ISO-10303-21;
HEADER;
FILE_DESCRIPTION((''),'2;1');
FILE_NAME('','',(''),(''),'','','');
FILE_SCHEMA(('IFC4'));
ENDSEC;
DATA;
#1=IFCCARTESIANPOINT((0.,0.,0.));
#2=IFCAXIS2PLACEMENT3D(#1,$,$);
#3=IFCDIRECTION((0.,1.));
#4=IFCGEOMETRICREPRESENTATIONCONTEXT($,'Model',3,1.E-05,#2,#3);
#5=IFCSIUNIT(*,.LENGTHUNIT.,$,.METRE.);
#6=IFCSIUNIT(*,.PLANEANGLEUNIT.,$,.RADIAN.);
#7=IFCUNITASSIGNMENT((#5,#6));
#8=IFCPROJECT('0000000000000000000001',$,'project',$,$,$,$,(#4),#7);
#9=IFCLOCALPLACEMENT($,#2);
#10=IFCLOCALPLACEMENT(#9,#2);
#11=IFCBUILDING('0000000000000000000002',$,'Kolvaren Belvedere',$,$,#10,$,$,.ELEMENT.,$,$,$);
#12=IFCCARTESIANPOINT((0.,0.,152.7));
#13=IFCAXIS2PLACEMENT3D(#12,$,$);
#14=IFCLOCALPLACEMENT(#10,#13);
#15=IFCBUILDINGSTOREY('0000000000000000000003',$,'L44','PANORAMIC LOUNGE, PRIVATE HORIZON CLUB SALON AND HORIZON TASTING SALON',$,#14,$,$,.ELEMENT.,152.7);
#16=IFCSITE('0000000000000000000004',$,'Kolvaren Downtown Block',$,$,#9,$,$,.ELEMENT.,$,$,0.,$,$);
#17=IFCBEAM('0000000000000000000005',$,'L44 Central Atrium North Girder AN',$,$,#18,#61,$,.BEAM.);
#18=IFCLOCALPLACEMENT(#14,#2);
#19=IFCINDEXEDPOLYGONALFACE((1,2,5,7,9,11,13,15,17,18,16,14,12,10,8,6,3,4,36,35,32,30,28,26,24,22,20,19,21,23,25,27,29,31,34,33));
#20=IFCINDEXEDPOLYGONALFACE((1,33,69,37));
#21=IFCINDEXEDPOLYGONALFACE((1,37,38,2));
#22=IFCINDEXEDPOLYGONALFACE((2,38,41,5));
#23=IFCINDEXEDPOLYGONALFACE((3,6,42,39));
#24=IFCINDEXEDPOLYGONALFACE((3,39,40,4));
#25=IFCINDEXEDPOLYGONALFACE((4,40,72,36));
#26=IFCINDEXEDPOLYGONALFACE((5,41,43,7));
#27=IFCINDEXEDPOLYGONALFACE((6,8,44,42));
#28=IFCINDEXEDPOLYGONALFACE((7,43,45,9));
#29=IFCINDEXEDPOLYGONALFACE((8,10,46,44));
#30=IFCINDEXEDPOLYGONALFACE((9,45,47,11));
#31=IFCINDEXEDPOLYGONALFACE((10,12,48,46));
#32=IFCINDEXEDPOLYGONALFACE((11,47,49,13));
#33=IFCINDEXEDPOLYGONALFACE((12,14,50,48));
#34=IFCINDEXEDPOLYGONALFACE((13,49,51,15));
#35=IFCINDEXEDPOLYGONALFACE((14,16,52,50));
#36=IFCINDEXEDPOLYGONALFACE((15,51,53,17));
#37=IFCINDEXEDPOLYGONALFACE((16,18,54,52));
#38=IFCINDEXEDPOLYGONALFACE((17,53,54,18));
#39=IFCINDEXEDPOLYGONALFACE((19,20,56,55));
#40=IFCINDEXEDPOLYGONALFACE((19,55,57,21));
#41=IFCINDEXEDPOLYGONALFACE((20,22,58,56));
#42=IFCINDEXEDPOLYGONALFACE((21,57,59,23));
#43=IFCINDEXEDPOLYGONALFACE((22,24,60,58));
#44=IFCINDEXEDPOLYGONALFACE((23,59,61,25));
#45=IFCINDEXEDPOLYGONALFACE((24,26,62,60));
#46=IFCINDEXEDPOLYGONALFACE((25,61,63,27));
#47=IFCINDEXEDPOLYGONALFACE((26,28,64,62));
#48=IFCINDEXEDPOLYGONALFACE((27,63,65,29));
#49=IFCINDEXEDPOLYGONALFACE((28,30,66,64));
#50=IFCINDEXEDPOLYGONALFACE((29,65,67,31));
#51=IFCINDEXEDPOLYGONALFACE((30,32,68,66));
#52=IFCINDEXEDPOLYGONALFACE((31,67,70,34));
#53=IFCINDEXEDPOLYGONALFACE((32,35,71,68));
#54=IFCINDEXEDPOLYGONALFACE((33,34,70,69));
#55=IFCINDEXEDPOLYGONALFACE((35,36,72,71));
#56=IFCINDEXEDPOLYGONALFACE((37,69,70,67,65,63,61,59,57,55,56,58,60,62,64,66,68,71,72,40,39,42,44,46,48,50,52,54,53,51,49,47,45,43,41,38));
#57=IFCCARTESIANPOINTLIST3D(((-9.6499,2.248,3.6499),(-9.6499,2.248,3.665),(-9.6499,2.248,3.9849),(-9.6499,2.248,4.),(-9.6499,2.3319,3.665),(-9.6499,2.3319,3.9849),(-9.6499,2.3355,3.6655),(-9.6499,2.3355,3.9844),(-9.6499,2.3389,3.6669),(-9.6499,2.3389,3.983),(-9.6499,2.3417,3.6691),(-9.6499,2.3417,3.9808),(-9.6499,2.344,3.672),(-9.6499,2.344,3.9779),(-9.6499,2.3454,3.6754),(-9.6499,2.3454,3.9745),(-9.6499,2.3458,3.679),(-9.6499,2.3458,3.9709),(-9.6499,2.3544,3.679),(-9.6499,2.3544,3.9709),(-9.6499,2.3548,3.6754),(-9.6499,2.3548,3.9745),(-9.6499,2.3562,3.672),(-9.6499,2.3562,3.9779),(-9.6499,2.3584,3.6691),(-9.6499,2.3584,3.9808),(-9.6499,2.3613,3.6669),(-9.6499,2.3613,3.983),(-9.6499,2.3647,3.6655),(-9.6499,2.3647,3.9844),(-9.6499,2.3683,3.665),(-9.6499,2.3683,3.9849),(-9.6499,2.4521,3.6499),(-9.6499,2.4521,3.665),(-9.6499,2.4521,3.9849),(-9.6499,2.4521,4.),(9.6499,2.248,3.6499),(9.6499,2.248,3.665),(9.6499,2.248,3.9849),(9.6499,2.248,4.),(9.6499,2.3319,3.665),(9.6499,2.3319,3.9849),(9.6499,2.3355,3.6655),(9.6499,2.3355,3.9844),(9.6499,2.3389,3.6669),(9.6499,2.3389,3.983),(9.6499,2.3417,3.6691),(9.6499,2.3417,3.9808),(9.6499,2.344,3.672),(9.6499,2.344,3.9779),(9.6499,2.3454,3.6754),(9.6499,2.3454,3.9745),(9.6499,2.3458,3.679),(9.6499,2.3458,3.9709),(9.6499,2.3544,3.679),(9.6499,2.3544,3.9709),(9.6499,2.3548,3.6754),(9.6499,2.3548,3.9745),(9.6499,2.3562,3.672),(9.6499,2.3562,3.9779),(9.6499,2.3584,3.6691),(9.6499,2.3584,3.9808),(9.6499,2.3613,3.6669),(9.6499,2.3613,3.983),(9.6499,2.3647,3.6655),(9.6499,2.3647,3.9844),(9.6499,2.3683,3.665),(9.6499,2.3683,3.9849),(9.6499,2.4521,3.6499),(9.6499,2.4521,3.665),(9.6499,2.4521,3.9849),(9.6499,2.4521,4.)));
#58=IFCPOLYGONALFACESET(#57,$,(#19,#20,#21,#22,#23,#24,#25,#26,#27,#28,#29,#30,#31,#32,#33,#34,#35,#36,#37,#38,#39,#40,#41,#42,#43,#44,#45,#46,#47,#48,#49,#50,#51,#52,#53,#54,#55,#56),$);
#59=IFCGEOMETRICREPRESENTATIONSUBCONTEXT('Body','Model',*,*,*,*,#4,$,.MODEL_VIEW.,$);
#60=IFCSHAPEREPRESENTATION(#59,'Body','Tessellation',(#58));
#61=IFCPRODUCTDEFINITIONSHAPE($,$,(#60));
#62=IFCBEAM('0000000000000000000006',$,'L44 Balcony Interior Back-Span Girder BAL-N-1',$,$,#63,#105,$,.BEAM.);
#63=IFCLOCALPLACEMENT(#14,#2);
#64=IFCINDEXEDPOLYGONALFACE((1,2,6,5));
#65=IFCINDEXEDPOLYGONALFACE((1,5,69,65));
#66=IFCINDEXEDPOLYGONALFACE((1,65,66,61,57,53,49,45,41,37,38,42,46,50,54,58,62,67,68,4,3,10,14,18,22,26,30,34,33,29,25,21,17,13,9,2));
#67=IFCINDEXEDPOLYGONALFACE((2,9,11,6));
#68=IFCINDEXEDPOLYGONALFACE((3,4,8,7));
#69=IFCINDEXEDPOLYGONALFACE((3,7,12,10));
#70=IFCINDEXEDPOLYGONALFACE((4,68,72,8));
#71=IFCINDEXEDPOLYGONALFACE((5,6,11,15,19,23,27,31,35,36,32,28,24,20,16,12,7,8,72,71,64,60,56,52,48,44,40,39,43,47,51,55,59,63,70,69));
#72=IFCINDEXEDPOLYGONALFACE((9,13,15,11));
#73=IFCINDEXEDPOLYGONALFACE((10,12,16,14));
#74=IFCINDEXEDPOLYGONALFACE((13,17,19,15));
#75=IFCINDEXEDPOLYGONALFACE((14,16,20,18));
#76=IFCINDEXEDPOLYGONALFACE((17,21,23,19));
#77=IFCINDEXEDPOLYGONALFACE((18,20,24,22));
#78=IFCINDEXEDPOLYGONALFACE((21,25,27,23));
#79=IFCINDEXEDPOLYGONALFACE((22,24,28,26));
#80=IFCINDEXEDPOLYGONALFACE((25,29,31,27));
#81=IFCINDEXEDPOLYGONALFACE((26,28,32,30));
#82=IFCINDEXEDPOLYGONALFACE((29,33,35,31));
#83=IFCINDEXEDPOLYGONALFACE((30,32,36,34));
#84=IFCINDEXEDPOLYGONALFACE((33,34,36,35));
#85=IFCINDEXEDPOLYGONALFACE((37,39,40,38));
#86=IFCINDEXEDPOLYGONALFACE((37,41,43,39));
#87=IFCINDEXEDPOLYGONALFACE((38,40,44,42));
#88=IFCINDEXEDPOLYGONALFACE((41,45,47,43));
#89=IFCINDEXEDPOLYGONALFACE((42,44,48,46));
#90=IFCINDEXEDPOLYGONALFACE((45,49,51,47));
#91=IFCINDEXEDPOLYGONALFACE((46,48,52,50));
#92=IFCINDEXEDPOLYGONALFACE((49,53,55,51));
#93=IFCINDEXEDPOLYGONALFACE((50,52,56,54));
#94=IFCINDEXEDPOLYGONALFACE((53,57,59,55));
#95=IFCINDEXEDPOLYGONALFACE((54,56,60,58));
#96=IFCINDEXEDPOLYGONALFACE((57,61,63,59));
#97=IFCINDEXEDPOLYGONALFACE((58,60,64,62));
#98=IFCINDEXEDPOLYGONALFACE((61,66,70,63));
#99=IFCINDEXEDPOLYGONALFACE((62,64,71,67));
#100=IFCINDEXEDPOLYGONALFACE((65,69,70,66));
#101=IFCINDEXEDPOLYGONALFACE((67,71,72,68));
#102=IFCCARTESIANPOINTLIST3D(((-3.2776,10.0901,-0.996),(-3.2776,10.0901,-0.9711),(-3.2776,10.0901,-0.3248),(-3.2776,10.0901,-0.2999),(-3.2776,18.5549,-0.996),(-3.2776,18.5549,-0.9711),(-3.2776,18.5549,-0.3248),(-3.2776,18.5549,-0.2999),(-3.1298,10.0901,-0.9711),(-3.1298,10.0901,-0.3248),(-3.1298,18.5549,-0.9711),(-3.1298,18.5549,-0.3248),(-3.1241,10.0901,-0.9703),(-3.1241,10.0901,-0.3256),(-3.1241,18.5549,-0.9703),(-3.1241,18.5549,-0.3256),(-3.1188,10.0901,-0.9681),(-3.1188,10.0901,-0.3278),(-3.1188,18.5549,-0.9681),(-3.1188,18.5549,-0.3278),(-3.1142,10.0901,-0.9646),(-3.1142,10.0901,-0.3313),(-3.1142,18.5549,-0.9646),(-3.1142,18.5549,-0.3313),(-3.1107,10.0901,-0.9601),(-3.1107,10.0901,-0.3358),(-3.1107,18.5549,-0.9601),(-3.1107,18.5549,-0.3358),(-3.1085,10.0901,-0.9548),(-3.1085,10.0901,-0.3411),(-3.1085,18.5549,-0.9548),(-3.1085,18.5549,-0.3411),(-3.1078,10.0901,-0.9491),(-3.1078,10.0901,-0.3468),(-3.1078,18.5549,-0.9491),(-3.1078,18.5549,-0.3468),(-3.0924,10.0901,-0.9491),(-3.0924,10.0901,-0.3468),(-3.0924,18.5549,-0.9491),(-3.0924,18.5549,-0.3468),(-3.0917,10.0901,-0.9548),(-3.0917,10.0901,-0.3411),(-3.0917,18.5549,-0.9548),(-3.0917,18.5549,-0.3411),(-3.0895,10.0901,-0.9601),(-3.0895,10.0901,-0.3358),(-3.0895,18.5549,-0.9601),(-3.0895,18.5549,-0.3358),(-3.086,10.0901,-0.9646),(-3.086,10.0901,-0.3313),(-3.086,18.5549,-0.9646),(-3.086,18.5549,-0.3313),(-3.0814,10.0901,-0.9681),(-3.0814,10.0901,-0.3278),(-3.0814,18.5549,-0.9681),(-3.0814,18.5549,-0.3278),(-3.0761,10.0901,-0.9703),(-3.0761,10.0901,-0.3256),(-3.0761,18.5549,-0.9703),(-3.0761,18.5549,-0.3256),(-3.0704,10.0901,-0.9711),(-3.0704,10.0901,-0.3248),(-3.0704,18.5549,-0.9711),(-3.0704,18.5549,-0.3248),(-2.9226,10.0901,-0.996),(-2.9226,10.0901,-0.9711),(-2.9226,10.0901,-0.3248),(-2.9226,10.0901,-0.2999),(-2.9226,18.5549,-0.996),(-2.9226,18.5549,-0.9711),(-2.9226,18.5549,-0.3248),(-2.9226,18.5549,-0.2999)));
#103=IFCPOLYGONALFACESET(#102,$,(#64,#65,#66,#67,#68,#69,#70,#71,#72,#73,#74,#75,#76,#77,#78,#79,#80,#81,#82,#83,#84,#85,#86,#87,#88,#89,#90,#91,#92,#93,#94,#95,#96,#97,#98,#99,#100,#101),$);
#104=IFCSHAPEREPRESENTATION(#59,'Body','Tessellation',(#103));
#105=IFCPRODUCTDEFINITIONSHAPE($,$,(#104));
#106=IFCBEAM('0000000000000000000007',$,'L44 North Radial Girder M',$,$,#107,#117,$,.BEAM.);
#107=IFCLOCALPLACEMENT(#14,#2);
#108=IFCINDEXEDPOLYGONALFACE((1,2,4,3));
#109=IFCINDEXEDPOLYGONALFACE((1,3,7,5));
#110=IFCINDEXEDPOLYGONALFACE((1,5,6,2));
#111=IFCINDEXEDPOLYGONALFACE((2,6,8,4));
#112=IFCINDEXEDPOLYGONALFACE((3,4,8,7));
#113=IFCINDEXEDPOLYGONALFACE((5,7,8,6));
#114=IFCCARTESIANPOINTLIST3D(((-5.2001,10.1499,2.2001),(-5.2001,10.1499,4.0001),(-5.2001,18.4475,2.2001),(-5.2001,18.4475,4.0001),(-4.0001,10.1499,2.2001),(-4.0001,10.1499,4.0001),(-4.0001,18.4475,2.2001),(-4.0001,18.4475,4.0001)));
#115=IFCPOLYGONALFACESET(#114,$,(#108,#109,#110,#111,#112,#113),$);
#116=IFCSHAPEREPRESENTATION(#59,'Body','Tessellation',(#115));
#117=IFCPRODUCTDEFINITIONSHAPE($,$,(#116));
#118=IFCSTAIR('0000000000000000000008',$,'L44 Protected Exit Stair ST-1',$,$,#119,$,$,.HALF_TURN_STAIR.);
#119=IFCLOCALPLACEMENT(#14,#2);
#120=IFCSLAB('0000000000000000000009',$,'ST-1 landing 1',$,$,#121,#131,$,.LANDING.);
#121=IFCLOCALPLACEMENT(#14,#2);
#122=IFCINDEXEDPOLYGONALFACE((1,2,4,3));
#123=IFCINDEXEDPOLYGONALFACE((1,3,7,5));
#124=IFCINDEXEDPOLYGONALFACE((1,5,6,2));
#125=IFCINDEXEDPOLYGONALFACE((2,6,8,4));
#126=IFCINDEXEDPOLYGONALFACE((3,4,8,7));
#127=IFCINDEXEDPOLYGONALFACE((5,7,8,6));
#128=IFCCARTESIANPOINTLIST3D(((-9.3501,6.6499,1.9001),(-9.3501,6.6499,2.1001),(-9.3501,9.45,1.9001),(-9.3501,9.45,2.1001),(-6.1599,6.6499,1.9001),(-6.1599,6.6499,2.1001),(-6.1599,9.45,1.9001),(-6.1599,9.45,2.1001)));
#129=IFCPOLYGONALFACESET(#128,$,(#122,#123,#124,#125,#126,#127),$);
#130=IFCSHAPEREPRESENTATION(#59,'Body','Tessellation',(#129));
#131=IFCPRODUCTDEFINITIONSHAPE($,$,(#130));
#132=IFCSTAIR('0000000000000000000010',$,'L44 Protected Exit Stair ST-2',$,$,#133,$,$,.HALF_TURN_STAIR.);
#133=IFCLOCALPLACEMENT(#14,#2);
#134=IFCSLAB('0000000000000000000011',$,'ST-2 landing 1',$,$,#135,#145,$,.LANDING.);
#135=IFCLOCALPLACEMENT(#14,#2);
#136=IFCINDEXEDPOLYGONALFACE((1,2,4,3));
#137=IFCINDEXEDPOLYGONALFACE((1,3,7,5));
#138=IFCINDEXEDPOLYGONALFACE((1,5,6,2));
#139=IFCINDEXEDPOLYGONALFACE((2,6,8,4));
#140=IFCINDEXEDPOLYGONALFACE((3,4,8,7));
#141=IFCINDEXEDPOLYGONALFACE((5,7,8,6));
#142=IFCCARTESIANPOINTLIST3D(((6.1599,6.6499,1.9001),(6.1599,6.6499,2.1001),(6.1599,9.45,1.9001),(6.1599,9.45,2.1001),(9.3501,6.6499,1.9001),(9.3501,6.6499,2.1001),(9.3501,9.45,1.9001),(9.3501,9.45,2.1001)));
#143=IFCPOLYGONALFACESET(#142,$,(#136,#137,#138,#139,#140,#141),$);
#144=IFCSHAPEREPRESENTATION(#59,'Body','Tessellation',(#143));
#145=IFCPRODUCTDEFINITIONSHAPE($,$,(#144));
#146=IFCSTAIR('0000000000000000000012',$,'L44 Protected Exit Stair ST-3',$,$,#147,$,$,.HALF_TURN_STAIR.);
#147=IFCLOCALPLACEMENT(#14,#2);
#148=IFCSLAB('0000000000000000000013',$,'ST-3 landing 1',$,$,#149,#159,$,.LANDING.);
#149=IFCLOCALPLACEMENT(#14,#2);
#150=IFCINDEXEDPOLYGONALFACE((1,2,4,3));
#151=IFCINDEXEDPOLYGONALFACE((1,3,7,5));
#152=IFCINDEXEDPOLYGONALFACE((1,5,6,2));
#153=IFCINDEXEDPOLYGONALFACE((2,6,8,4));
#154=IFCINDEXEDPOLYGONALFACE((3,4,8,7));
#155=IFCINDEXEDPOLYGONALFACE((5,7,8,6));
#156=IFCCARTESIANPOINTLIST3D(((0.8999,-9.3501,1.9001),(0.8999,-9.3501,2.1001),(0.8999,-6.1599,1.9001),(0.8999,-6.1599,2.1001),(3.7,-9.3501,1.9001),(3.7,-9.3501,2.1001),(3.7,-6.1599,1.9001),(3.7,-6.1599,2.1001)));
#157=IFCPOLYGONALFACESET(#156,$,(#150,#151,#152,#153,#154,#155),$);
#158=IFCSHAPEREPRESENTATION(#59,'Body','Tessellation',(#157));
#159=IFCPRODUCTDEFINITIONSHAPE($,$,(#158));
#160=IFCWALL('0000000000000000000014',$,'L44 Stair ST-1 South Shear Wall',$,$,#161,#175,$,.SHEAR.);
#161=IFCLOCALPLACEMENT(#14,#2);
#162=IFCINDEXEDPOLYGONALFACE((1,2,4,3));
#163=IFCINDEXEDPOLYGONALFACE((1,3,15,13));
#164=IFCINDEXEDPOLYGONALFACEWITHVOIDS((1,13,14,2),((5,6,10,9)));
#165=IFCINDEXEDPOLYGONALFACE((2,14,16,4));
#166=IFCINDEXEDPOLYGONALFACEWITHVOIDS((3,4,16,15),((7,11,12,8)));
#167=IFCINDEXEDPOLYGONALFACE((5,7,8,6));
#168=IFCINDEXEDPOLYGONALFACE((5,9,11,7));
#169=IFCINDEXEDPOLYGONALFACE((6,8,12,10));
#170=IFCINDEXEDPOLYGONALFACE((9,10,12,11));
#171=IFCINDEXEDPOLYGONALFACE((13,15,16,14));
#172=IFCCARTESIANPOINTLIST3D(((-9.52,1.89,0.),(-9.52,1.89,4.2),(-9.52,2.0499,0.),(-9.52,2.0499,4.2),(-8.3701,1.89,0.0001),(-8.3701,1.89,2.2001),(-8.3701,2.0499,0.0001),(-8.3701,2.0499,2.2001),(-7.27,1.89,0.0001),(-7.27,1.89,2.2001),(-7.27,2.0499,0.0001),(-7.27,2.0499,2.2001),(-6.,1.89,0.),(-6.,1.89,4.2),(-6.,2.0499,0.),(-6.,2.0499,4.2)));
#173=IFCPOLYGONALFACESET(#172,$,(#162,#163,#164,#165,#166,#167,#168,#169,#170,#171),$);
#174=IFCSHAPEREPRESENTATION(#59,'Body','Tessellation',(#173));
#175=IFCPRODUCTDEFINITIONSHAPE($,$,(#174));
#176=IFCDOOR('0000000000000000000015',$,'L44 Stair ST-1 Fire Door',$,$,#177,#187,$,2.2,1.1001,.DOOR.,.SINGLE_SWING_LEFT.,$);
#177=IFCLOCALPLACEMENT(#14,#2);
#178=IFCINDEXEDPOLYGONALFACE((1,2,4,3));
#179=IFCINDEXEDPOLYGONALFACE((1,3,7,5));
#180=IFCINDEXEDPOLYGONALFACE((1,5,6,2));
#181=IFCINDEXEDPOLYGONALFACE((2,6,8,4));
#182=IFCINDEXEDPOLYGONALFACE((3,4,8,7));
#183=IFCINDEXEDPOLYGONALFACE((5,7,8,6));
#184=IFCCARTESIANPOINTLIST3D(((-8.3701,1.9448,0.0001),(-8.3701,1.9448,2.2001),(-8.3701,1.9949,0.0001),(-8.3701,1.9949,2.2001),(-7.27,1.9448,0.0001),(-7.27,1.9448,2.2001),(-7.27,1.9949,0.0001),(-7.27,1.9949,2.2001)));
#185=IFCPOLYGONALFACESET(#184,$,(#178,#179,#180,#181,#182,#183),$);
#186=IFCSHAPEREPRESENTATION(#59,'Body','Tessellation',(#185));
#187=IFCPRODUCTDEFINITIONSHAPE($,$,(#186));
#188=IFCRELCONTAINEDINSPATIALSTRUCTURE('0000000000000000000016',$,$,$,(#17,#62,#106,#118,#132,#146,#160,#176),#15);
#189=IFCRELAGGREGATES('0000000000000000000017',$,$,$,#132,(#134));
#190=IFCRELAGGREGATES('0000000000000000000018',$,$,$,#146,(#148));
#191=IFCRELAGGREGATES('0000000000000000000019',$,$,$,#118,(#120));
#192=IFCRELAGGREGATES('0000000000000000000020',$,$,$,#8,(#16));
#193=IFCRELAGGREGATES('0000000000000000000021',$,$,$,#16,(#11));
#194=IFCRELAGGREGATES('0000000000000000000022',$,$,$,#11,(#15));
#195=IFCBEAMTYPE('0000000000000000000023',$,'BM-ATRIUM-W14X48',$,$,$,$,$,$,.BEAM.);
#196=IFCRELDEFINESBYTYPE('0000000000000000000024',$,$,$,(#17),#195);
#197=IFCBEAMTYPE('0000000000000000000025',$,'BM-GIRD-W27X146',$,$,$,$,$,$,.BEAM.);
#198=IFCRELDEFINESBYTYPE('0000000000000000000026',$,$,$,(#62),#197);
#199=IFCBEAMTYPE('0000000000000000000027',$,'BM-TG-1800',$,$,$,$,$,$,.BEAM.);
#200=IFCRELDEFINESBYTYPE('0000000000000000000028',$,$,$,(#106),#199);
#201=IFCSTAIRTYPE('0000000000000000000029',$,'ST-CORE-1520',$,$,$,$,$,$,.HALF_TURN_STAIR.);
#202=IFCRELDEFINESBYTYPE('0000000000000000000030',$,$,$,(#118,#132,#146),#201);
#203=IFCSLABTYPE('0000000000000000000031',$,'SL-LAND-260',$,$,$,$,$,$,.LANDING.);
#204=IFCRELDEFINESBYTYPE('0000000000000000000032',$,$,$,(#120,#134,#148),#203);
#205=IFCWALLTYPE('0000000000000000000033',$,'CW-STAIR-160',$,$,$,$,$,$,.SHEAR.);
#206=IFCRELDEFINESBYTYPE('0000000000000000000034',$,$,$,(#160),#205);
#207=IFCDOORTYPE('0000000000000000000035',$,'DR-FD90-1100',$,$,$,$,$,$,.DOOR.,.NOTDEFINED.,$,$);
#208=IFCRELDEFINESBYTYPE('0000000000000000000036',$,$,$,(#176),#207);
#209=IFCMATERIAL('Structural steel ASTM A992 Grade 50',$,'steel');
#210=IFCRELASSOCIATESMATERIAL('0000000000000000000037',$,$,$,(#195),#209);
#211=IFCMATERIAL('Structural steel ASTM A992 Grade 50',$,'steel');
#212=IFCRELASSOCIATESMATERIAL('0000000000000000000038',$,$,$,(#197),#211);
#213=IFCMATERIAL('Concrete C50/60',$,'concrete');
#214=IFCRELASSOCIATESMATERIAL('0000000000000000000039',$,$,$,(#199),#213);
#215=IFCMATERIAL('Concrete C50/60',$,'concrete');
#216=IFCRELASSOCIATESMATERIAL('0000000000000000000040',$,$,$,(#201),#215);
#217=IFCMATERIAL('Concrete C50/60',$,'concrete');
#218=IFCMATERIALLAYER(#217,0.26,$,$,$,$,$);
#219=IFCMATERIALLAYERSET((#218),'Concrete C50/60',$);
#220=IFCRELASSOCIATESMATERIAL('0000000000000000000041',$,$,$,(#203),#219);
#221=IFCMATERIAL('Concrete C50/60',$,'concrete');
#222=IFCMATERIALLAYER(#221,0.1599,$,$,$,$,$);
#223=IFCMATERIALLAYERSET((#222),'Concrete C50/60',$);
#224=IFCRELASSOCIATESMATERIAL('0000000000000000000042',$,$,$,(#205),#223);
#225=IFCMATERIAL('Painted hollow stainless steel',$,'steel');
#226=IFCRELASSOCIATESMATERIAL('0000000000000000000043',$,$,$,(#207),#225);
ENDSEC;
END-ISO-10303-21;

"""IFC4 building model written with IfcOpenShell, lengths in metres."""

from ifc_helpers import new_model, si_unit, direction, frame, frame_2d, origin, origin_2d, place, context, subcontext, project, spatial, polyline, rectangle, i_section, outline, extrude, material, layer, layer_set, material_profile, profile_set, type_object, element, fill, aggregate, save


model = new_model("IFC4")

# Units and contexts
model_context = context("Model", 3, precision=1e-05, world=origin(), true_north=direction((0.0, 1.0)))
body_context = subcontext(model_context, "Body", "Model", "MODEL_VIEW")
ifc_project = project(units=[si_unit("LENGTHUNIT", "METRE"), si_unit("PLANEANGLEUNIT", "RADIAN")], contexts=[model_context])

# Site, building, storey
site_placement = place(None, origin())
site = spatial("IfcSite", under=ifc_project, at=site_placement, Name="Kolvaren Downtown Block", CompositionType="ELEMENT", RefElevation=0.0)
building_placement = place(site_placement, origin())
building = spatial("IfcBuilding", under=site, at=building_placement, Name="Kolvaren Belvedere", CompositionType="ELEMENT")
storey_placement = place(building_placement, frame((0.0, 0.0, 152.7)))
storey = spatial("IfcBuildingStorey", under=building, at=storey_placement, Name="L44", Description="PANORAMIC LOUNGE, PRIVATE HORIZON CLUB SALON AND HORIZON TASTING SALON", CompositionType="ELEMENT", Elevation=152.7)

# Beams
ifc_material_1 = material(Name="Structural steel ASTM A992 Grade 50", Category="steel")
ifc_material_profile_1 = material_profile(ifc_material_1, i_section(OverallWidth=0.2041, OverallDepth=0.3501, WebThickness=0.0085, FlangeThickness=0.0151, FilletRadius=0.0139, at=origin_2d()), Name="W14X48")
ifc_profile_set_1 = profile_set([ifc_material_profile_1], Name="Structural steel ASTM A992 Grade 50")
beam_type_1 = type_object("IfcBeamType", Name="BM-ATRIUM-W14X48", PredefinedType="BEAM", material=ifc_profile_set_1)
beam_1_placement = place(storey_placement, frame((-9.6499, 2.3501, 3.825), z_axis=(1.0, 0.0, 0.0), x_axis=(0.0, 1.0, 0.0)))
element("IfcBeam", 1, at=beam_1_placement, inside=storey, type_object=beam_type_1, Name="L44 Central Atrium North Girder AN", PredefinedType="BEAM", context=body_context, shape_type="SweptSolid", body=[
    extrude(i_section(OverallWidth=0.2041, OverallDepth=0.3501, WebThickness=0.0085, FlangeThickness=0.0151, FilletRadius=0.0139, at=origin_2d()), origin(), (0.0, 0.0, 1.0), 19.2998),
])
ifc_material_2 = material(Name="Structural steel ASTM A992 Grade 50", Category="steel")
ifc_material_profile_2 = material_profile(ifc_material_2, i_section(OverallWidth=0.355, OverallDepth=0.696, WebThickness=0.0154, FlangeThickness=0.0249, FilletRadius=0.022, at=origin_2d()), Name="W27X146")
ifc_profile_set_2 = profile_set([ifc_material_profile_2], Name="Structural steel ASTM A992 Grade 50")
beam_type_2 = type_object("IfcBeamType", Name="BM-GIRD-W27X146", PredefinedType="BEAM", material=ifc_profile_set_2)
beam_2_placement = place(storey_placement, frame((-3.1001, 10.0901, -0.6479), z_axis=(0.0, 1.0, 0.0), x_axis=(-1.0, 0.0, 0.0)))
element("IfcBeam", 2, at=beam_2_placement, inside=storey, type_object=beam_type_2, Name="L44 Balcony Interior Back-Span Girder BAL-N-1", PredefinedType="BEAM", context=body_context, shape_type="SweptSolid", body=[
    extrude(i_section(OverallWidth=0.355, OverallDepth=0.696, WebThickness=0.0154, FlangeThickness=0.0249, FilletRadius=0.022, at=origin_2d()), origin(), (0.0, 0.0, 1.0), 8.4648),
])
ifc_material_3 = material(Name="Concrete C50/60", Category="concrete")
ifc_material_profile_3 = material_profile(ifc_material_3, rectangle(XDim=1.2, YDim=1.8, at=origin_2d()), Name="RC 1200X1800")
ifc_profile_set_3 = profile_set([ifc_material_profile_3], Name="Concrete C50/60")
beam_type_3 = type_object("IfcBeamType", Name="BM-TG-1800", PredefinedType="BEAM", material=ifc_profile_set_3)
beam_3_placement = place(storey_placement, frame((-4.6001, 10.1499, 3.1001), z_axis=(0.0, 1.0, 0.0), x_axis=(-1.0, 0.0, 0.0)))
element("IfcBeam", 3, at=beam_3_placement, inside=storey, type_object=beam_type_3, Name="L44 North Radial Girder M", PredefinedType="BEAM", context=body_context, shape_type="SweptSolid", body=[
    extrude(rectangle(XDim=1.2, YDim=1.8, at=origin_2d()), origin(), (0.0, 0.0, 1.0), 8.2976),
])

# Stairs, slabs
ifc_material_4 = material(Name="Concrete C50/60", Category="concrete")
stair_type = type_object("IfcStairType", Name="ST-CORE-1520", PredefinedType="HALF_TURN_STAIR", material=ifc_material_4)
stair_1_placement = place(storey_placement, origin())
stair_1 = element("IfcStair", 4, at=stair_1_placement, inside=storey, type_object=stair_type, Name="L44 Protected Exit Stair ST-1", PredefinedType="HALF_TURN_STAIR")
ifc_material_5 = material(Name="Concrete C50/60", Category="concrete")
ifc_layer_1 = layer(ifc_material_5, 0.26)
ifc_layer_set_1 = layer_set([ifc_layer_1], Name="Concrete C50/60")
slab_type = type_object("IfcSlabType", Name="SL-LAND-260", PredefinedType="LANDING", material=ifc_layer_set_1)
slab_1_placement = place(storey_placement, frame((0.0, 0.0, 1.9001)))
slab_1 = element("IfcSlab", 5, at=slab_1_placement, type_object=slab_type, Name="ST-1 landing 1", PredefinedType="LANDING", context=body_context, shape_type="SweptSolid", body=[
    extrude(outline(polyline([(-6.1599, 6.6499), (-6.1599, 9.45), (-9.3501, 9.45), (-9.3501, 6.6499), (-6.1599, 6.6499)])), origin(), (0.0, 0.0, 1.0), 0.2),
])
stair_2_placement = place(storey_placement, origin())
stair_2 = element("IfcStair", 6, at=stair_2_placement, inside=storey, type_object=stair_type, Name="L44 Protected Exit Stair ST-2", PredefinedType="HALF_TURN_STAIR")
slab_2_placement = place(storey_placement, frame((0.0, 0.0, 1.9001)))
slab_2 = element("IfcSlab", 7, at=slab_2_placement, type_object=slab_type, Name="ST-2 landing 1", PredefinedType="LANDING", context=body_context, shape_type="SweptSolid", body=[
    extrude(outline(polyline([(9.3501, 6.6499), (9.3501, 9.45), (6.1599, 9.45), (6.1599, 6.6499), (9.3501, 6.6499)])), origin(), (0.0, 0.0, 1.0), 0.2),
])
aggregate(stair_2, [slab_2])
stair_3_placement = place(storey_placement, origin())
stair_3 = element("IfcStair", 8, at=stair_3_placement, inside=storey, type_object=stair_type, Name="L44 Protected Exit Stair ST-3", PredefinedType="HALF_TURN_STAIR")
slab_3_placement = place(storey_placement, frame((0.0, 0.0, 1.9001)))
slab_3 = element("IfcSlab", 9, at=slab_3_placement, type_object=slab_type, Name="ST-3 landing 1", PredefinedType="LANDING", context=body_context, shape_type="SweptSolid", body=[
    extrude(outline(polyline([(0.8999, -9.3501), (3.7, -9.3501), (3.7, -6.1599), (0.8999, -6.1599), (0.8999, -9.3501)])), origin(), (0.0, 0.0, 1.0), 0.2),
])
aggregate(stair_3, [slab_3])

# Wall, opening, door
ifc_material_6 = material(Name="Concrete C50/60", Category="concrete")
ifc_layer_2 = layer(ifc_material_6, 0.1599)
ifc_layer_set_2 = layer_set([ifc_layer_2], Name="Concrete C50/60")
wall_type_1 = type_object("IfcWallType", Name="CW-STAIR-160", PredefinedType="SHEAR", material=ifc_layer_set_2)
wall_1_placement = place(storey_placement, frame((-9.52, 1.97, 0.0), z_axis=(0.0, 0.0, 1.0), x_axis=(1.0, 0.0, 0.0)))
wall_1 = element("IfcWall", 10, at=wall_1_placement, inside=storey, type_object=wall_type_1, Name="L44 Stair ST-1 South Shear Wall", PredefinedType="SHEAR", context=body_context, shape_type="SweptSolid", body=[
    extrude(rectangle(XDim=3.52, YDim=0.1599, at=frame_2d((1.76, 0.0))), origin(), (0.0, 0.0, 1.0), 4.2),
])
opening_1_placement = place(wall_1_placement, frame((1.1499, 0.0, 0.0)))
opening_1 = element("IfcOpeningElement", 11, at=opening_1_placement, cuts=wall_1, PredefinedType="OPENING", context=body_context, shape_type="SweptSolid", body=[
    extrude(rectangle(XDim=1.1001, YDim=2.2, at=frame_2d((0.55, 1.1001))), frame((0.0, 0.0898, 0.0), z_axis=(0.0, -1.0, 0.0), x_axis=(1.0, 0.0, 0.0)), (0.0, 0.0, 1.0), 0.1799),
])
ifc_material_7 = material(Name="Painted hollow stainless steel", Category="steel")
door_type_1 = type_object("IfcDoorType", Name="DR-FD90-1100", OperationType="NOTDEFINED", PredefinedType="DOOR", material=ifc_material_7)
door_1_placement = place(opening_1_placement, origin())
door_1 = element("IfcDoor", 12, at=door_1_placement, inside=storey, type_object=door_type_1, Name="L44 Stair ST-1 Fire Door", OperationType="SINGLE_SWING_LEFT", OverallHeight=2.2, OverallWidth=1.1001, PredefinedType="DOOR", context=body_context, shape_type="SweptSolid", body=[
    extrude(rectangle(XDim=1.1001, YDim=2.2, at=frame_2d((0.55, 1.1001))), frame((0.0, 0.0249, 0.0), z_axis=(0.0, -1.0, 0.0), x_axis=(1.0, 0.0, 0.0)), (0.0, 0.0, 1.0), 0.05),
])
fill(opening_1, door_1)

aggregate(stair_1, [slab_1])

save(model, "model.ifc")
